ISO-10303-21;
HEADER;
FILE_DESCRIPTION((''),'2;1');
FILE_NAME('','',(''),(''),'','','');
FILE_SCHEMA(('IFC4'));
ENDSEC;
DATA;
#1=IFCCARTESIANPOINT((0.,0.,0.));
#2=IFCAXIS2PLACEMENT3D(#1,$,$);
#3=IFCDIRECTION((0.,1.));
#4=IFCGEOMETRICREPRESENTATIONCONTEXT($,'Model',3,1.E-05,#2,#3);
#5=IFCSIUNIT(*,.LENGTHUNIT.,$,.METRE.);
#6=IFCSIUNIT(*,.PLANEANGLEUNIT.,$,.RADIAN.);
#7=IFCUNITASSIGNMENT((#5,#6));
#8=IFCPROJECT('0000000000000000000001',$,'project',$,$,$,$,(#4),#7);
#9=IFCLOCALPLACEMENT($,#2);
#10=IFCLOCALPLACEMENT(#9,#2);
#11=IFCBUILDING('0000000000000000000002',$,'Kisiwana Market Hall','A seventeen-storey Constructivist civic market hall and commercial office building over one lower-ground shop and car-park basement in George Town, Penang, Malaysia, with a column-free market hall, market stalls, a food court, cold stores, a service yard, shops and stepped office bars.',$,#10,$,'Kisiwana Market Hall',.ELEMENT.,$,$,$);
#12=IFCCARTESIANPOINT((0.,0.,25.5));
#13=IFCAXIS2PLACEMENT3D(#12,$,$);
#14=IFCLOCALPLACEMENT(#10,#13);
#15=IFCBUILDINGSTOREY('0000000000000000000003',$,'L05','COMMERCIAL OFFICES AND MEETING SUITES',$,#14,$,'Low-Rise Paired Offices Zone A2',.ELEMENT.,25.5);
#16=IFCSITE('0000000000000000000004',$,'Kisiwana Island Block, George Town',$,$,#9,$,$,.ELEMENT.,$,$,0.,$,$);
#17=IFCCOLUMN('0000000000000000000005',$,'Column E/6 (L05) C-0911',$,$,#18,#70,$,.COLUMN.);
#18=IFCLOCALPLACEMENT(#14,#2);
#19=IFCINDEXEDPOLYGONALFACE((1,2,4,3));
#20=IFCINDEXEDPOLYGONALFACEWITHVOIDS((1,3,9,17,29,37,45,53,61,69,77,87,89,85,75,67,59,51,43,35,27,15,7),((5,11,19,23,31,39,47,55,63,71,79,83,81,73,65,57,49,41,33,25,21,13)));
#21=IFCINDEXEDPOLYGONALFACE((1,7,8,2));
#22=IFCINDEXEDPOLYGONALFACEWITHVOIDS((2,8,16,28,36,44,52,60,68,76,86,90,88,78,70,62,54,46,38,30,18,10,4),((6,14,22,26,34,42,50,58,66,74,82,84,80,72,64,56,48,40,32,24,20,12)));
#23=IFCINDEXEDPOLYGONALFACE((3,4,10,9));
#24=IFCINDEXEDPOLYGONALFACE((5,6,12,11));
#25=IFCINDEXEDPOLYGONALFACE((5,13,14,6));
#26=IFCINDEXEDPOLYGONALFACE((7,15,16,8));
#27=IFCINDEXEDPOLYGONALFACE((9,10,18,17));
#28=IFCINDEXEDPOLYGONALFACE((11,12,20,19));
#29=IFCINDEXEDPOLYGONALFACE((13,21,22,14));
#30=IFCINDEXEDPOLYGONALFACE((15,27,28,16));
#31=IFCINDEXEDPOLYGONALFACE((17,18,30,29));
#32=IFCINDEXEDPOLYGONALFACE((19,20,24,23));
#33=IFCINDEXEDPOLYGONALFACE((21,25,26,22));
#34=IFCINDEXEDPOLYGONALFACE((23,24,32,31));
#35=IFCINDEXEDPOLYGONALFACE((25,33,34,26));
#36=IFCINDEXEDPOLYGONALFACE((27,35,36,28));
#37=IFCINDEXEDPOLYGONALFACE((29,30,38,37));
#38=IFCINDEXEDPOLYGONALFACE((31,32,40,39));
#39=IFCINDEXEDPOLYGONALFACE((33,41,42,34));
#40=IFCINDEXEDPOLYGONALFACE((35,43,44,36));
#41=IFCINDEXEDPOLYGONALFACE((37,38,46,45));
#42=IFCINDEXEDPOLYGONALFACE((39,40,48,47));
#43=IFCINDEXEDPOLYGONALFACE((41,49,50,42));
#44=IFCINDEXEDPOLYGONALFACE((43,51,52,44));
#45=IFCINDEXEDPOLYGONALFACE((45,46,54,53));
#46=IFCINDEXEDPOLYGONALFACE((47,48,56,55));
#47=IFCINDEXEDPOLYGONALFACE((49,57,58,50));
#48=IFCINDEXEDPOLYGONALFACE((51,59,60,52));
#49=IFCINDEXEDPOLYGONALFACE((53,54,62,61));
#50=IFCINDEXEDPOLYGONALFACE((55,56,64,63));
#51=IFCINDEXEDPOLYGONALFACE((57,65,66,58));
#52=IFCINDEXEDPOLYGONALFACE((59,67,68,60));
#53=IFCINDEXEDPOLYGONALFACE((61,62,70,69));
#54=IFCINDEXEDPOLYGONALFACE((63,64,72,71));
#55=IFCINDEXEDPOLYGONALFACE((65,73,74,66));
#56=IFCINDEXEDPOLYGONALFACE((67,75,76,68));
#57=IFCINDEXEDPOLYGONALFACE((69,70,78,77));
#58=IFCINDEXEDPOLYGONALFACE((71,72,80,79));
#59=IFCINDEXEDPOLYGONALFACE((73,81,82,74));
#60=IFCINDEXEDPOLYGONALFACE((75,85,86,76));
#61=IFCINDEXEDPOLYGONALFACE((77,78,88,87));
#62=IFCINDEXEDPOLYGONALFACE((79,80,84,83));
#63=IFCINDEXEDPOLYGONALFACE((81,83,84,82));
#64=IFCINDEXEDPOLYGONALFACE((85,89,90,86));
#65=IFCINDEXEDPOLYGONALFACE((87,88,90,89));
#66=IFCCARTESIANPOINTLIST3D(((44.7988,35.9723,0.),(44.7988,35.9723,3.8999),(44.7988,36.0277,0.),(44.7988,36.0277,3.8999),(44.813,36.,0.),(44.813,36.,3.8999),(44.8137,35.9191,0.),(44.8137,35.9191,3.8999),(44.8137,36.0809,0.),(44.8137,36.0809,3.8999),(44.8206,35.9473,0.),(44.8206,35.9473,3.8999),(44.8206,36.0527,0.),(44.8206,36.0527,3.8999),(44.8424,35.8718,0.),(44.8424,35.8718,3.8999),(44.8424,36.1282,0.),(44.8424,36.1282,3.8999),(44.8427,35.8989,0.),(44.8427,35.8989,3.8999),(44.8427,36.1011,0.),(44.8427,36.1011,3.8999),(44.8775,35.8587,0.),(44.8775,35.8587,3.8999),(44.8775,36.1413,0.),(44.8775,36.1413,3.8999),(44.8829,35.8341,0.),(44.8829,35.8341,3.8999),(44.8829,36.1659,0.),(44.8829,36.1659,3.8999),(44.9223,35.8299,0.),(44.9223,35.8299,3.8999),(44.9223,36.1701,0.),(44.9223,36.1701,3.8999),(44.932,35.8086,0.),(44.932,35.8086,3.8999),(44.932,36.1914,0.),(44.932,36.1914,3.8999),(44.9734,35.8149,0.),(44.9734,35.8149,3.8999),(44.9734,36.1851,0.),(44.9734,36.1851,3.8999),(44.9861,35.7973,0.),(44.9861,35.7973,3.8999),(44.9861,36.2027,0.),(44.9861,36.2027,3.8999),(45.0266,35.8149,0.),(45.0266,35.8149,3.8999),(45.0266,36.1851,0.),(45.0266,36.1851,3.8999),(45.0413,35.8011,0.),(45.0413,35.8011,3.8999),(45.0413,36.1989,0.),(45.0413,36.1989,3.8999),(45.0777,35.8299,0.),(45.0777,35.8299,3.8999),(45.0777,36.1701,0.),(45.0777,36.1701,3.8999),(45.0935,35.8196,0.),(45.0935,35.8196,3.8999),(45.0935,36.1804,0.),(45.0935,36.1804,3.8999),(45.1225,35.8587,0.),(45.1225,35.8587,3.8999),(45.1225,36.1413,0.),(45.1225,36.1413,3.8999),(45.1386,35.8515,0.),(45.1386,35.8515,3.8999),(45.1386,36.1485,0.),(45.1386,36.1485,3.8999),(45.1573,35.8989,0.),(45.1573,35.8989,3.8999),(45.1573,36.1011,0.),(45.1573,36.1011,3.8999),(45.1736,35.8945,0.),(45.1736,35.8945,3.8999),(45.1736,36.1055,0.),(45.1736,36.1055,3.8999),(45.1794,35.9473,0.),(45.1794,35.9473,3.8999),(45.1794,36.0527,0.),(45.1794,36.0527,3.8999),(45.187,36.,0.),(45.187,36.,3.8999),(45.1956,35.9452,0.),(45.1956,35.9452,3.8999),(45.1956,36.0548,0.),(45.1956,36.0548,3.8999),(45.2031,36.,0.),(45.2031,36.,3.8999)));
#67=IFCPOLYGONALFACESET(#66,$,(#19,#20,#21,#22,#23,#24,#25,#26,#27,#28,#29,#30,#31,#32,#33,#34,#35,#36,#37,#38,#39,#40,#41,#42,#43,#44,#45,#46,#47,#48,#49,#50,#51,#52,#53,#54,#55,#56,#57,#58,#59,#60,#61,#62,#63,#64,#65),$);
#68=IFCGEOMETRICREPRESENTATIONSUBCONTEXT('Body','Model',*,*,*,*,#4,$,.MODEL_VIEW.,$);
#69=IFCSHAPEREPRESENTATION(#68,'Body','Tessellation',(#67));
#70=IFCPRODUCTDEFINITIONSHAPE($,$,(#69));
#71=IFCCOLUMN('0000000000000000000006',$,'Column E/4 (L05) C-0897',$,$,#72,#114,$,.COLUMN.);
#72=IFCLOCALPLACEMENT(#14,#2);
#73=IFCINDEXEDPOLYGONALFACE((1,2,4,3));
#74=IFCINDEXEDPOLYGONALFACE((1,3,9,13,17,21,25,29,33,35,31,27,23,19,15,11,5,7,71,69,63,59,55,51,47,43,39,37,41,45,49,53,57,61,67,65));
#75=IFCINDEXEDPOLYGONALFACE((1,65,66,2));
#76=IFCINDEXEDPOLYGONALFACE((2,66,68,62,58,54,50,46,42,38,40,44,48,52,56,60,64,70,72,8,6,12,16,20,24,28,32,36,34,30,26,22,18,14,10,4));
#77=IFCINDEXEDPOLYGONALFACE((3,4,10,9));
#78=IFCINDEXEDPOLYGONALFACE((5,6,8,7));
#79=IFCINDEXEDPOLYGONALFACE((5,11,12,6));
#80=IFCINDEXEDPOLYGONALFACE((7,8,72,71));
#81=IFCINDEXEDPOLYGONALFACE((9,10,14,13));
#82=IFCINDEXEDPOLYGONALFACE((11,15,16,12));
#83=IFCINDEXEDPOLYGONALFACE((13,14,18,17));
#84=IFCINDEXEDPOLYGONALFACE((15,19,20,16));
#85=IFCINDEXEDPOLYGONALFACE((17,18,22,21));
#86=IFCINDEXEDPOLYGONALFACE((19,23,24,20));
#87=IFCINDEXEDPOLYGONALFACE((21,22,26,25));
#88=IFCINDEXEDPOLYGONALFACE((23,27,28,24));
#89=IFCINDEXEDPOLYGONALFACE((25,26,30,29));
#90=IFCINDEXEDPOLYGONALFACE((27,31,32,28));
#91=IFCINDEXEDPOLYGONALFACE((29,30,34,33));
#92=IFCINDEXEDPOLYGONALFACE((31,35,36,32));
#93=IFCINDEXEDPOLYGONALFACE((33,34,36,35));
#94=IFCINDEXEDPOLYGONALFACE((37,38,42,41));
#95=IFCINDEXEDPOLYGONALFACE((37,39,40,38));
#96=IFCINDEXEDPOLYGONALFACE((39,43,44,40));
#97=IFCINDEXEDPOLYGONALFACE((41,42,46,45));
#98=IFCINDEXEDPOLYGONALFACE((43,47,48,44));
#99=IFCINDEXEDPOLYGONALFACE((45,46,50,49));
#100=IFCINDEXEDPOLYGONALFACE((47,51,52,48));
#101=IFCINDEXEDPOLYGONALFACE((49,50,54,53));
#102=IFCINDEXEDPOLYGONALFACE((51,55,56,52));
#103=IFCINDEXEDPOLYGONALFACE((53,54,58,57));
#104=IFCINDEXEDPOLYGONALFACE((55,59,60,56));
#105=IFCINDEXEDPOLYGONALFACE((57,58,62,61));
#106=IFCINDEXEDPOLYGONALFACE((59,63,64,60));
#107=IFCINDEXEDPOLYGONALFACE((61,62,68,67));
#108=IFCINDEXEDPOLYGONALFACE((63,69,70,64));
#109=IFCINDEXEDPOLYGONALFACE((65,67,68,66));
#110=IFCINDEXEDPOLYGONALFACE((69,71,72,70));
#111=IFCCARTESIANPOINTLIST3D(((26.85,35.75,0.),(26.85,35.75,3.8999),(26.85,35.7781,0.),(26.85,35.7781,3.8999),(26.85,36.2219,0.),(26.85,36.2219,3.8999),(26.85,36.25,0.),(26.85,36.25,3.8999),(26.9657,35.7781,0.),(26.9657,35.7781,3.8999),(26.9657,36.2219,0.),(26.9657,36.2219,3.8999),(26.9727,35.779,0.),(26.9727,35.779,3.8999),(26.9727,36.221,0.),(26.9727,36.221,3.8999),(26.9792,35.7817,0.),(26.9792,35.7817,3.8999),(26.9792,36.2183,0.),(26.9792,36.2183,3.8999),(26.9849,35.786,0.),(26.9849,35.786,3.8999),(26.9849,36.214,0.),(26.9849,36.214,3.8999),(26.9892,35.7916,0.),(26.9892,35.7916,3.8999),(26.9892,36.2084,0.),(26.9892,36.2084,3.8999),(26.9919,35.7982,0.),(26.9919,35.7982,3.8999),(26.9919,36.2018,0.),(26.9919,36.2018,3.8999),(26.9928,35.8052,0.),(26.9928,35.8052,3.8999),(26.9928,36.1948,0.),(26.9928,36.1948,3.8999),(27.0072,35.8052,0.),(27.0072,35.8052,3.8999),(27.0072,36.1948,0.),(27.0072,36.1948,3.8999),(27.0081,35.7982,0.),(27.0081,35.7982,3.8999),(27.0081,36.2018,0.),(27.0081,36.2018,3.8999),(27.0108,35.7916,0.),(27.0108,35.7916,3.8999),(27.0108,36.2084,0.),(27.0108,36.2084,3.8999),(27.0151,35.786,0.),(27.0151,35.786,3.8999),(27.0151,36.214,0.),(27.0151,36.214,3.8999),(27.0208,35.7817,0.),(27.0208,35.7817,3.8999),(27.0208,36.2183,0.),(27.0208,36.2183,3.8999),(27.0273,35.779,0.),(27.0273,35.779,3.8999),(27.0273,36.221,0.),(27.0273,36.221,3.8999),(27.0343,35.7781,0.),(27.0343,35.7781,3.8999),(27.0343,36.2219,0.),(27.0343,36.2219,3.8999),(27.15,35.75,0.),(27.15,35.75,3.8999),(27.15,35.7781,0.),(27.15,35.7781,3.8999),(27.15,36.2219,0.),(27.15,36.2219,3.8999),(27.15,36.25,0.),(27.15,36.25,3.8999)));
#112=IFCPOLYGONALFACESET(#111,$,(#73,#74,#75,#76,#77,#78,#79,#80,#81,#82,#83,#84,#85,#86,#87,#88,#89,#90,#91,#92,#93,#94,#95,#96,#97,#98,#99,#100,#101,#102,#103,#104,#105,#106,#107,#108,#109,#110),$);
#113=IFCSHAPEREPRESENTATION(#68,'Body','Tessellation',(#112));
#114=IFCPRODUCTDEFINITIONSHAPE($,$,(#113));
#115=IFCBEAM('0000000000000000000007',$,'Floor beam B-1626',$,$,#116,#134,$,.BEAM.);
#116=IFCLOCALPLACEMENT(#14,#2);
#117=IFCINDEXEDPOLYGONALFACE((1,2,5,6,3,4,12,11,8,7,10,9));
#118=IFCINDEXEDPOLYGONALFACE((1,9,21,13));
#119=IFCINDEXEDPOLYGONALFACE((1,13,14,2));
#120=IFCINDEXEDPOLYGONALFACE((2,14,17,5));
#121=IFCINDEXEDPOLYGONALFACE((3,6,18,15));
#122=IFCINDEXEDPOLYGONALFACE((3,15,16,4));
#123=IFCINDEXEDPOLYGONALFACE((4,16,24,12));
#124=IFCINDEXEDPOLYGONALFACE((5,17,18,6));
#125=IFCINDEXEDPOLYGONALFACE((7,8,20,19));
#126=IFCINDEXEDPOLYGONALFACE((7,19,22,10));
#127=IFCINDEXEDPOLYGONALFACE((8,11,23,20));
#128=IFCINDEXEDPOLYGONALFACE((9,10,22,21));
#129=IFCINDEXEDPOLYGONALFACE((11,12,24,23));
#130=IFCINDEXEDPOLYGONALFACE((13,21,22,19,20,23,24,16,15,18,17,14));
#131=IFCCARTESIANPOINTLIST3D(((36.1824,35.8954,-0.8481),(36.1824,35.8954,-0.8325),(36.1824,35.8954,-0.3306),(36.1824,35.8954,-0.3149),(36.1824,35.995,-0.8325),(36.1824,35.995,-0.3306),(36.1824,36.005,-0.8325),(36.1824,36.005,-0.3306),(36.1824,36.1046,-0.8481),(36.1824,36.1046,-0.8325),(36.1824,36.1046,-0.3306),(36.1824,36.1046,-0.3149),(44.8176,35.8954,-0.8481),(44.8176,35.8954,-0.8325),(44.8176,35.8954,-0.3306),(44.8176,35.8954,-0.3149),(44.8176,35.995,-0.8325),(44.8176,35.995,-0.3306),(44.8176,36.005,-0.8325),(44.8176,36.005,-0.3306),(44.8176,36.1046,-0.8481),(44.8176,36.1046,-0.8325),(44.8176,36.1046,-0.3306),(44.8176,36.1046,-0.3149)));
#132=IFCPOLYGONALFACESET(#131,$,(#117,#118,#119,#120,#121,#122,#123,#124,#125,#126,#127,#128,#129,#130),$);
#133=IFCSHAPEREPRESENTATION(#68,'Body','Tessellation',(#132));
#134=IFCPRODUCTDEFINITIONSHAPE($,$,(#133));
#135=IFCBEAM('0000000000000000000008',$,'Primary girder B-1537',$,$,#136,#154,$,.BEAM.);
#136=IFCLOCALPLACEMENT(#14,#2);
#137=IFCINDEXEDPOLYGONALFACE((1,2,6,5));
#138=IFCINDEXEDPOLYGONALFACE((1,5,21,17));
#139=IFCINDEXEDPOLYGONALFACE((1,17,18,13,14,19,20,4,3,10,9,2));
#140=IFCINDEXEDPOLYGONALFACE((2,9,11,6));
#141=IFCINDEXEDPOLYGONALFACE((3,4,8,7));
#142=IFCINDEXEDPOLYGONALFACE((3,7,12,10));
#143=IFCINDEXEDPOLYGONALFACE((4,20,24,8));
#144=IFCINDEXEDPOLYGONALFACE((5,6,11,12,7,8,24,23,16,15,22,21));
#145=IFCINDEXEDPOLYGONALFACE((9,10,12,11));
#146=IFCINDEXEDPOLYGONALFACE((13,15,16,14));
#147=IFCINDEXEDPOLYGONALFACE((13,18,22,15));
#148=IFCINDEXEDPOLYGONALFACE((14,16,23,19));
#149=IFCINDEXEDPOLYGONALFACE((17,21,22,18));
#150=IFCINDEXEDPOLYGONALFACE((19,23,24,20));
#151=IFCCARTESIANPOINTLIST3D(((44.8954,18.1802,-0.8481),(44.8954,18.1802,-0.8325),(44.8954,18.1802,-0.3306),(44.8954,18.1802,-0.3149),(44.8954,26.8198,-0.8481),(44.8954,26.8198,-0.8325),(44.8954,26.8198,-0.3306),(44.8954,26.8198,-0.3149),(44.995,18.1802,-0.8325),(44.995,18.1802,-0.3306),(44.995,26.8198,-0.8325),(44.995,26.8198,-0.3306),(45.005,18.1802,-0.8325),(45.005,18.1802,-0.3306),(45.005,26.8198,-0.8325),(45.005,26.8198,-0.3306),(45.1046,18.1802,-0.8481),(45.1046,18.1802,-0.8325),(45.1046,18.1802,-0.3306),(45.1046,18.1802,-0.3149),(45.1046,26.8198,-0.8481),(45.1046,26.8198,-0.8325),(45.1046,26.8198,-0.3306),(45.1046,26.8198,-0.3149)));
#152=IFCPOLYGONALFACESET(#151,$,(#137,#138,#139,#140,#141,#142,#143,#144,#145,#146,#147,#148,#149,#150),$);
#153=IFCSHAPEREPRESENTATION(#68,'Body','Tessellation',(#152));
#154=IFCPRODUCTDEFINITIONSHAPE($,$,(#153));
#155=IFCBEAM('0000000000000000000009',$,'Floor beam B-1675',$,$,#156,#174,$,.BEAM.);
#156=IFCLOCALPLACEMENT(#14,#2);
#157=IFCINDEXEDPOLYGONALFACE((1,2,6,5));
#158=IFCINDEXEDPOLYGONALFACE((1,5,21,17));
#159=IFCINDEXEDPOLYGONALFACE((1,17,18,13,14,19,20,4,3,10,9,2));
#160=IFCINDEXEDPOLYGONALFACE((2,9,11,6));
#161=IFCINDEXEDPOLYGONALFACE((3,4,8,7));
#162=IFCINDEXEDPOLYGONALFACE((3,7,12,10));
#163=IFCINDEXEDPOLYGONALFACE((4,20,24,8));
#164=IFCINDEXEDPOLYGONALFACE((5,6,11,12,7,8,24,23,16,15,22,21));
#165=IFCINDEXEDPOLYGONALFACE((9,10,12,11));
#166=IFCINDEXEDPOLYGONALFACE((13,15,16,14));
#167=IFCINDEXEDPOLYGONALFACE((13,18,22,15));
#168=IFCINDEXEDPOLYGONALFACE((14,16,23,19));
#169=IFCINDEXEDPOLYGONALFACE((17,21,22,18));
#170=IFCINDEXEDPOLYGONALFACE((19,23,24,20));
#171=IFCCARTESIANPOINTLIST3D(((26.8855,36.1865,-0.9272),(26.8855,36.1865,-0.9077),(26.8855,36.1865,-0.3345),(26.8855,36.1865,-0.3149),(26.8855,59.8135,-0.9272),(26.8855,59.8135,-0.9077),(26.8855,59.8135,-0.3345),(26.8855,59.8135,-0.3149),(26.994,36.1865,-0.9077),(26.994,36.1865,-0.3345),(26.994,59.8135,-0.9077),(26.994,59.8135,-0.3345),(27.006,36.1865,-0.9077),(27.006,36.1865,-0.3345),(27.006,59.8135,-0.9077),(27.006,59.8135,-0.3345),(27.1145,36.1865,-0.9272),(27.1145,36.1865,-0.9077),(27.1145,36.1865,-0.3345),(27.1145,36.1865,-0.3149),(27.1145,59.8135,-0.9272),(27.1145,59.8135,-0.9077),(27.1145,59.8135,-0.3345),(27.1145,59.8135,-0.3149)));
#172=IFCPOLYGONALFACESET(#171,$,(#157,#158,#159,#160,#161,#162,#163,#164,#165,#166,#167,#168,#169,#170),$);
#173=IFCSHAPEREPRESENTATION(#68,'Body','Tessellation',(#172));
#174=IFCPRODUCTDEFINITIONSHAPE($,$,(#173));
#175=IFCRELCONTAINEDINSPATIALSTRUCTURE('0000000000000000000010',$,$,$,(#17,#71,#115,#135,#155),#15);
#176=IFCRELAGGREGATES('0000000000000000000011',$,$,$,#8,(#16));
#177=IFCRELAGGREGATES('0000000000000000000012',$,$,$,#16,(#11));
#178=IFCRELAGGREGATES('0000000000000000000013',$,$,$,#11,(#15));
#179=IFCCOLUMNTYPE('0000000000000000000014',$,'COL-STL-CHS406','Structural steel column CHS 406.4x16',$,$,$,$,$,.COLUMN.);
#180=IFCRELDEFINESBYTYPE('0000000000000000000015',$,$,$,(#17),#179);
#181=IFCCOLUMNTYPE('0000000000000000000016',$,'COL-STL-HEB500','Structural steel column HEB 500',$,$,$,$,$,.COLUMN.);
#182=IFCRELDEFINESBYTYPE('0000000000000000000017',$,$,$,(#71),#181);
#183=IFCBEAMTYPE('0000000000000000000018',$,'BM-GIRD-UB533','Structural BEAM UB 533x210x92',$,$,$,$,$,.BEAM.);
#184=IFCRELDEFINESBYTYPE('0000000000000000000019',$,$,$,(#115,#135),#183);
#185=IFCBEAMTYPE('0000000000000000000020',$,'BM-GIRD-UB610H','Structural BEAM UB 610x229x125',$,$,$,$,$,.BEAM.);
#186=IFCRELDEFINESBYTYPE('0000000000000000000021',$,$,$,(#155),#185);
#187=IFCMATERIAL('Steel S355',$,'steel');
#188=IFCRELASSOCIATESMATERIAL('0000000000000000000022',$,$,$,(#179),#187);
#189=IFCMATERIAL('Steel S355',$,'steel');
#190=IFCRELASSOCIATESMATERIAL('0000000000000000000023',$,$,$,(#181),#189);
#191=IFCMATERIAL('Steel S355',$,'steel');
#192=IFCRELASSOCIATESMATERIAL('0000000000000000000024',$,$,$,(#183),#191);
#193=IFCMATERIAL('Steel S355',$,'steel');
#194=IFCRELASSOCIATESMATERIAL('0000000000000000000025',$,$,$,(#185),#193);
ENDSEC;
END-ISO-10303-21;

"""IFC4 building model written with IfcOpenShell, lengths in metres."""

from ifc_helpers import new_model, si_unit, direction, frame, origin, origin_2d, place, context, subcontext, project, spatial, hollow_circle, i_section, extrude, material, material_profile, profile_set, type_object, element, save


model = new_model("IFC4")

# Units and contexts
model_context = context("Model", 3, precision=1e-05, world=origin(), true_north=direction((0.0, 1.0)))
body_context = subcontext(model_context, "Body", "Model", "MODEL_VIEW")
ifc_project = project(units=[si_unit("LENGTHUNIT", "METRE"), si_unit("PLANEANGLEUNIT", "RADIAN")], contexts=[model_context])

# Site, building, storey
site_placement = place(None, origin())
site = spatial("IfcSite", under=ifc_project, at=site_placement, Name="Kisiwana Island Block, George Town", CompositionType="ELEMENT", RefElevation=0.0)
building_placement = place(site_placement, origin())
building = spatial("IfcBuilding", under=site, at=building_placement, Name="Kisiwana Market Hall", Description="A seventeen-storey Constructivist civic market hall and commercial office building over one lower-ground shop and car-park basement in George Town, Penang, Malaysia, with a column-free market hall, market stalls, a food court, cold stores, a service yard, shops and stepped office bars.", LongName="Kisiwana Market Hall", CompositionType="ELEMENT")
storey_placement = place(building_placement, frame((0.0, 0.0, 25.5)))
storey = spatial("IfcBuildingStorey", under=building, at=storey_placement, Name="L05", Description="COMMERCIAL OFFICES AND MEETING SUITES", LongName="Low-Rise Paired Offices Zone A2", CompositionType="ELEMENT", Elevation=25.5)

# Columns
ifc_material_1 = material(Name="Steel S355", Category="steel")
ifc_material_profile_1 = material_profile(ifc_material_1, hollow_circle(Radius=0.2031, WallThickness=0.0161, at=origin_2d()), Name="CHS 406.4x16")
ifc_profile_set_1 = profile_set([ifc_material_profile_1], Name="Steel S355")
column_type_1 = type_object("IfcColumnType", Name="COL-STL-CHS406", Description="Structural steel column CHS 406.4x16", PredefinedType="COLUMN", material=ifc_profile_set_1)
for number, where, z_axis, x_axis, name in (
    (1, (45.0, 36.0, 0.0), (0.0, 0.0, 1.0), (1.0, 0.0, 0.0), "Column E/6 (L05) C-0911"),
):
    element("IfcColumn", number, at=place(storey_placement, frame(where, z_axis=z_axis, x_axis=x_axis)), inside=storey, type_object=column_type_1, Name=name, PredefinedType="COLUMN", context=body_context, shape_type="SweptSolid", body=[
        extrude(hollow_circle(Radius=0.2031, WallThickness=0.0161, at=origin_2d()), origin(), (0.0, 0.0, 1.0), 3.8999),
    ])
ifc_material_2 = material(Name="Steel S355", Category="steel")
ifc_material_profile_2 = material_profile(ifc_material_2, i_section(OverallWidth=0.3, OverallDepth=0.5, WebThickness=0.0144, FlangeThickness=0.0281, FilletRadius=0.0271, at=origin_2d()), Name="HEB 500")
ifc_profile_set_2 = profile_set([ifc_material_profile_2], Name="Steel S355")
column_type_2 = type_object("IfcColumnType", Name="COL-STL-HEB500", Description="Structural steel column HEB 500", PredefinedType="COLUMN", material=ifc_profile_set_2)
column_placement = place(storey_placement, frame((27.0, 36.0, 0.0), z_axis=(0.0, 0.0, 1.0), x_axis=(1.0, 0.0, 0.0)))
element("IfcColumn", 2, at=column_placement, inside=storey, type_object=column_type_2, Name="Column E/4 (L05) C-0897", PredefinedType="COLUMN", context=body_context, shape_type="SweptSolid", body=[
    extrude(i_section(OverallWidth=0.3, OverallDepth=0.5, WebThickness=0.0144, FlangeThickness=0.0281, FilletRadius=0.0271, at=origin_2d()), origin(), (0.0, 0.0, 1.0), 3.8999),
])

# Beams
ifc_material_3 = material(Name="Steel S355", Category="steel")
ifc_material_profile_3 = material_profile(ifc_material_3, i_section(OverallWidth=0.2092, OverallDepth=0.5332, WebThickness=0.01, FlangeThickness=0.0156, at=origin_2d()), Name="UB 533x210x92")
ifc_profile_set_3 = profile_set([ifc_material_profile_3], Name="Steel S355")
beam_type_1 = type_object("IfcBeamType", Name="BM-GIRD-UB533", Description="Structural BEAM UB 533x210x92", PredefinedType="BEAM", material=ifc_profile_set_3)
beam_1_placement = place(storey_placement, frame((36.1824, 36.0, -0.5815), z_axis=(1.0, 0.0, 0.0), x_axis=(0.0, 1.0, 0.0)))
element("IfcBeam", 3, at=beam_1_placement, inside=storey, type_object=beam_type_1, Name="Floor beam B-1626", PredefinedType="BEAM", context=body_context, shape_type="SweptSolid", body=[
    extrude(i_section(OverallWidth=0.2092, OverallDepth=0.5332, WebThickness=0.01, FlangeThickness=0.0156, at=origin_2d()), origin(), (0.0, 0.0, 1.0), 8.6353),
])
beam_2_placement = place(storey_placement, frame((45.0, 18.1802, -0.5815), z_axis=(0.0, 1.0, 0.0), x_axis=(-1.0, 0.0, 0.0)))
element("IfcBeam", 4, at=beam_2_placement, inside=storey, type_object=beam_type_1, Name="Primary girder B-1537", PredefinedType="BEAM", context=body_context, shape_type="SweptSolid", body=[
    extrude(i_section(OverallWidth=0.2092, OverallDepth=0.5332, WebThickness=0.01, FlangeThickness=0.0156, at=origin_2d()), origin(), (0.0, 0.0, 1.0), 8.6396),
])
ifc_material_4 = material(Name="Steel S355", Category="steel")
ifc_material_profile_4 = material_profile(ifc_material_4, i_section(OverallWidth=0.229, OverallDepth=0.6123, WebThickness=0.012, FlangeThickness=0.0195, at=origin_2d()), Name="UB 610x229x125")
ifc_profile_set_4 = profile_set([ifc_material_profile_4], Name="Steel S355")
beam_type_2 = type_object("IfcBeamType", Name="BM-GIRD-UB610H", Description="Structural BEAM UB 610x229x125", PredefinedType="BEAM", material=ifc_profile_set_4)
beam_3_placement = place(storey_placement, frame((27.0, 36.1865, -0.6211), z_axis=(0.0, 1.0, 0.0), x_axis=(-1.0, 0.0, 0.0)))
element("IfcBeam", 5, at=beam_3_placement, inside=storey, type_object=beam_type_2, Name="Floor beam B-1675", PredefinedType="BEAM", context=body_context, shape_type="SweptSolid", body=[
    extrude(i_section(OverallWidth=0.229, OverallDepth=0.6123, WebThickness=0.012, FlangeThickness=0.0195, at=origin_2d()), origin(), (0.0, 0.0, 1.0), 23.627),
])

save(model, "model.ifc")
